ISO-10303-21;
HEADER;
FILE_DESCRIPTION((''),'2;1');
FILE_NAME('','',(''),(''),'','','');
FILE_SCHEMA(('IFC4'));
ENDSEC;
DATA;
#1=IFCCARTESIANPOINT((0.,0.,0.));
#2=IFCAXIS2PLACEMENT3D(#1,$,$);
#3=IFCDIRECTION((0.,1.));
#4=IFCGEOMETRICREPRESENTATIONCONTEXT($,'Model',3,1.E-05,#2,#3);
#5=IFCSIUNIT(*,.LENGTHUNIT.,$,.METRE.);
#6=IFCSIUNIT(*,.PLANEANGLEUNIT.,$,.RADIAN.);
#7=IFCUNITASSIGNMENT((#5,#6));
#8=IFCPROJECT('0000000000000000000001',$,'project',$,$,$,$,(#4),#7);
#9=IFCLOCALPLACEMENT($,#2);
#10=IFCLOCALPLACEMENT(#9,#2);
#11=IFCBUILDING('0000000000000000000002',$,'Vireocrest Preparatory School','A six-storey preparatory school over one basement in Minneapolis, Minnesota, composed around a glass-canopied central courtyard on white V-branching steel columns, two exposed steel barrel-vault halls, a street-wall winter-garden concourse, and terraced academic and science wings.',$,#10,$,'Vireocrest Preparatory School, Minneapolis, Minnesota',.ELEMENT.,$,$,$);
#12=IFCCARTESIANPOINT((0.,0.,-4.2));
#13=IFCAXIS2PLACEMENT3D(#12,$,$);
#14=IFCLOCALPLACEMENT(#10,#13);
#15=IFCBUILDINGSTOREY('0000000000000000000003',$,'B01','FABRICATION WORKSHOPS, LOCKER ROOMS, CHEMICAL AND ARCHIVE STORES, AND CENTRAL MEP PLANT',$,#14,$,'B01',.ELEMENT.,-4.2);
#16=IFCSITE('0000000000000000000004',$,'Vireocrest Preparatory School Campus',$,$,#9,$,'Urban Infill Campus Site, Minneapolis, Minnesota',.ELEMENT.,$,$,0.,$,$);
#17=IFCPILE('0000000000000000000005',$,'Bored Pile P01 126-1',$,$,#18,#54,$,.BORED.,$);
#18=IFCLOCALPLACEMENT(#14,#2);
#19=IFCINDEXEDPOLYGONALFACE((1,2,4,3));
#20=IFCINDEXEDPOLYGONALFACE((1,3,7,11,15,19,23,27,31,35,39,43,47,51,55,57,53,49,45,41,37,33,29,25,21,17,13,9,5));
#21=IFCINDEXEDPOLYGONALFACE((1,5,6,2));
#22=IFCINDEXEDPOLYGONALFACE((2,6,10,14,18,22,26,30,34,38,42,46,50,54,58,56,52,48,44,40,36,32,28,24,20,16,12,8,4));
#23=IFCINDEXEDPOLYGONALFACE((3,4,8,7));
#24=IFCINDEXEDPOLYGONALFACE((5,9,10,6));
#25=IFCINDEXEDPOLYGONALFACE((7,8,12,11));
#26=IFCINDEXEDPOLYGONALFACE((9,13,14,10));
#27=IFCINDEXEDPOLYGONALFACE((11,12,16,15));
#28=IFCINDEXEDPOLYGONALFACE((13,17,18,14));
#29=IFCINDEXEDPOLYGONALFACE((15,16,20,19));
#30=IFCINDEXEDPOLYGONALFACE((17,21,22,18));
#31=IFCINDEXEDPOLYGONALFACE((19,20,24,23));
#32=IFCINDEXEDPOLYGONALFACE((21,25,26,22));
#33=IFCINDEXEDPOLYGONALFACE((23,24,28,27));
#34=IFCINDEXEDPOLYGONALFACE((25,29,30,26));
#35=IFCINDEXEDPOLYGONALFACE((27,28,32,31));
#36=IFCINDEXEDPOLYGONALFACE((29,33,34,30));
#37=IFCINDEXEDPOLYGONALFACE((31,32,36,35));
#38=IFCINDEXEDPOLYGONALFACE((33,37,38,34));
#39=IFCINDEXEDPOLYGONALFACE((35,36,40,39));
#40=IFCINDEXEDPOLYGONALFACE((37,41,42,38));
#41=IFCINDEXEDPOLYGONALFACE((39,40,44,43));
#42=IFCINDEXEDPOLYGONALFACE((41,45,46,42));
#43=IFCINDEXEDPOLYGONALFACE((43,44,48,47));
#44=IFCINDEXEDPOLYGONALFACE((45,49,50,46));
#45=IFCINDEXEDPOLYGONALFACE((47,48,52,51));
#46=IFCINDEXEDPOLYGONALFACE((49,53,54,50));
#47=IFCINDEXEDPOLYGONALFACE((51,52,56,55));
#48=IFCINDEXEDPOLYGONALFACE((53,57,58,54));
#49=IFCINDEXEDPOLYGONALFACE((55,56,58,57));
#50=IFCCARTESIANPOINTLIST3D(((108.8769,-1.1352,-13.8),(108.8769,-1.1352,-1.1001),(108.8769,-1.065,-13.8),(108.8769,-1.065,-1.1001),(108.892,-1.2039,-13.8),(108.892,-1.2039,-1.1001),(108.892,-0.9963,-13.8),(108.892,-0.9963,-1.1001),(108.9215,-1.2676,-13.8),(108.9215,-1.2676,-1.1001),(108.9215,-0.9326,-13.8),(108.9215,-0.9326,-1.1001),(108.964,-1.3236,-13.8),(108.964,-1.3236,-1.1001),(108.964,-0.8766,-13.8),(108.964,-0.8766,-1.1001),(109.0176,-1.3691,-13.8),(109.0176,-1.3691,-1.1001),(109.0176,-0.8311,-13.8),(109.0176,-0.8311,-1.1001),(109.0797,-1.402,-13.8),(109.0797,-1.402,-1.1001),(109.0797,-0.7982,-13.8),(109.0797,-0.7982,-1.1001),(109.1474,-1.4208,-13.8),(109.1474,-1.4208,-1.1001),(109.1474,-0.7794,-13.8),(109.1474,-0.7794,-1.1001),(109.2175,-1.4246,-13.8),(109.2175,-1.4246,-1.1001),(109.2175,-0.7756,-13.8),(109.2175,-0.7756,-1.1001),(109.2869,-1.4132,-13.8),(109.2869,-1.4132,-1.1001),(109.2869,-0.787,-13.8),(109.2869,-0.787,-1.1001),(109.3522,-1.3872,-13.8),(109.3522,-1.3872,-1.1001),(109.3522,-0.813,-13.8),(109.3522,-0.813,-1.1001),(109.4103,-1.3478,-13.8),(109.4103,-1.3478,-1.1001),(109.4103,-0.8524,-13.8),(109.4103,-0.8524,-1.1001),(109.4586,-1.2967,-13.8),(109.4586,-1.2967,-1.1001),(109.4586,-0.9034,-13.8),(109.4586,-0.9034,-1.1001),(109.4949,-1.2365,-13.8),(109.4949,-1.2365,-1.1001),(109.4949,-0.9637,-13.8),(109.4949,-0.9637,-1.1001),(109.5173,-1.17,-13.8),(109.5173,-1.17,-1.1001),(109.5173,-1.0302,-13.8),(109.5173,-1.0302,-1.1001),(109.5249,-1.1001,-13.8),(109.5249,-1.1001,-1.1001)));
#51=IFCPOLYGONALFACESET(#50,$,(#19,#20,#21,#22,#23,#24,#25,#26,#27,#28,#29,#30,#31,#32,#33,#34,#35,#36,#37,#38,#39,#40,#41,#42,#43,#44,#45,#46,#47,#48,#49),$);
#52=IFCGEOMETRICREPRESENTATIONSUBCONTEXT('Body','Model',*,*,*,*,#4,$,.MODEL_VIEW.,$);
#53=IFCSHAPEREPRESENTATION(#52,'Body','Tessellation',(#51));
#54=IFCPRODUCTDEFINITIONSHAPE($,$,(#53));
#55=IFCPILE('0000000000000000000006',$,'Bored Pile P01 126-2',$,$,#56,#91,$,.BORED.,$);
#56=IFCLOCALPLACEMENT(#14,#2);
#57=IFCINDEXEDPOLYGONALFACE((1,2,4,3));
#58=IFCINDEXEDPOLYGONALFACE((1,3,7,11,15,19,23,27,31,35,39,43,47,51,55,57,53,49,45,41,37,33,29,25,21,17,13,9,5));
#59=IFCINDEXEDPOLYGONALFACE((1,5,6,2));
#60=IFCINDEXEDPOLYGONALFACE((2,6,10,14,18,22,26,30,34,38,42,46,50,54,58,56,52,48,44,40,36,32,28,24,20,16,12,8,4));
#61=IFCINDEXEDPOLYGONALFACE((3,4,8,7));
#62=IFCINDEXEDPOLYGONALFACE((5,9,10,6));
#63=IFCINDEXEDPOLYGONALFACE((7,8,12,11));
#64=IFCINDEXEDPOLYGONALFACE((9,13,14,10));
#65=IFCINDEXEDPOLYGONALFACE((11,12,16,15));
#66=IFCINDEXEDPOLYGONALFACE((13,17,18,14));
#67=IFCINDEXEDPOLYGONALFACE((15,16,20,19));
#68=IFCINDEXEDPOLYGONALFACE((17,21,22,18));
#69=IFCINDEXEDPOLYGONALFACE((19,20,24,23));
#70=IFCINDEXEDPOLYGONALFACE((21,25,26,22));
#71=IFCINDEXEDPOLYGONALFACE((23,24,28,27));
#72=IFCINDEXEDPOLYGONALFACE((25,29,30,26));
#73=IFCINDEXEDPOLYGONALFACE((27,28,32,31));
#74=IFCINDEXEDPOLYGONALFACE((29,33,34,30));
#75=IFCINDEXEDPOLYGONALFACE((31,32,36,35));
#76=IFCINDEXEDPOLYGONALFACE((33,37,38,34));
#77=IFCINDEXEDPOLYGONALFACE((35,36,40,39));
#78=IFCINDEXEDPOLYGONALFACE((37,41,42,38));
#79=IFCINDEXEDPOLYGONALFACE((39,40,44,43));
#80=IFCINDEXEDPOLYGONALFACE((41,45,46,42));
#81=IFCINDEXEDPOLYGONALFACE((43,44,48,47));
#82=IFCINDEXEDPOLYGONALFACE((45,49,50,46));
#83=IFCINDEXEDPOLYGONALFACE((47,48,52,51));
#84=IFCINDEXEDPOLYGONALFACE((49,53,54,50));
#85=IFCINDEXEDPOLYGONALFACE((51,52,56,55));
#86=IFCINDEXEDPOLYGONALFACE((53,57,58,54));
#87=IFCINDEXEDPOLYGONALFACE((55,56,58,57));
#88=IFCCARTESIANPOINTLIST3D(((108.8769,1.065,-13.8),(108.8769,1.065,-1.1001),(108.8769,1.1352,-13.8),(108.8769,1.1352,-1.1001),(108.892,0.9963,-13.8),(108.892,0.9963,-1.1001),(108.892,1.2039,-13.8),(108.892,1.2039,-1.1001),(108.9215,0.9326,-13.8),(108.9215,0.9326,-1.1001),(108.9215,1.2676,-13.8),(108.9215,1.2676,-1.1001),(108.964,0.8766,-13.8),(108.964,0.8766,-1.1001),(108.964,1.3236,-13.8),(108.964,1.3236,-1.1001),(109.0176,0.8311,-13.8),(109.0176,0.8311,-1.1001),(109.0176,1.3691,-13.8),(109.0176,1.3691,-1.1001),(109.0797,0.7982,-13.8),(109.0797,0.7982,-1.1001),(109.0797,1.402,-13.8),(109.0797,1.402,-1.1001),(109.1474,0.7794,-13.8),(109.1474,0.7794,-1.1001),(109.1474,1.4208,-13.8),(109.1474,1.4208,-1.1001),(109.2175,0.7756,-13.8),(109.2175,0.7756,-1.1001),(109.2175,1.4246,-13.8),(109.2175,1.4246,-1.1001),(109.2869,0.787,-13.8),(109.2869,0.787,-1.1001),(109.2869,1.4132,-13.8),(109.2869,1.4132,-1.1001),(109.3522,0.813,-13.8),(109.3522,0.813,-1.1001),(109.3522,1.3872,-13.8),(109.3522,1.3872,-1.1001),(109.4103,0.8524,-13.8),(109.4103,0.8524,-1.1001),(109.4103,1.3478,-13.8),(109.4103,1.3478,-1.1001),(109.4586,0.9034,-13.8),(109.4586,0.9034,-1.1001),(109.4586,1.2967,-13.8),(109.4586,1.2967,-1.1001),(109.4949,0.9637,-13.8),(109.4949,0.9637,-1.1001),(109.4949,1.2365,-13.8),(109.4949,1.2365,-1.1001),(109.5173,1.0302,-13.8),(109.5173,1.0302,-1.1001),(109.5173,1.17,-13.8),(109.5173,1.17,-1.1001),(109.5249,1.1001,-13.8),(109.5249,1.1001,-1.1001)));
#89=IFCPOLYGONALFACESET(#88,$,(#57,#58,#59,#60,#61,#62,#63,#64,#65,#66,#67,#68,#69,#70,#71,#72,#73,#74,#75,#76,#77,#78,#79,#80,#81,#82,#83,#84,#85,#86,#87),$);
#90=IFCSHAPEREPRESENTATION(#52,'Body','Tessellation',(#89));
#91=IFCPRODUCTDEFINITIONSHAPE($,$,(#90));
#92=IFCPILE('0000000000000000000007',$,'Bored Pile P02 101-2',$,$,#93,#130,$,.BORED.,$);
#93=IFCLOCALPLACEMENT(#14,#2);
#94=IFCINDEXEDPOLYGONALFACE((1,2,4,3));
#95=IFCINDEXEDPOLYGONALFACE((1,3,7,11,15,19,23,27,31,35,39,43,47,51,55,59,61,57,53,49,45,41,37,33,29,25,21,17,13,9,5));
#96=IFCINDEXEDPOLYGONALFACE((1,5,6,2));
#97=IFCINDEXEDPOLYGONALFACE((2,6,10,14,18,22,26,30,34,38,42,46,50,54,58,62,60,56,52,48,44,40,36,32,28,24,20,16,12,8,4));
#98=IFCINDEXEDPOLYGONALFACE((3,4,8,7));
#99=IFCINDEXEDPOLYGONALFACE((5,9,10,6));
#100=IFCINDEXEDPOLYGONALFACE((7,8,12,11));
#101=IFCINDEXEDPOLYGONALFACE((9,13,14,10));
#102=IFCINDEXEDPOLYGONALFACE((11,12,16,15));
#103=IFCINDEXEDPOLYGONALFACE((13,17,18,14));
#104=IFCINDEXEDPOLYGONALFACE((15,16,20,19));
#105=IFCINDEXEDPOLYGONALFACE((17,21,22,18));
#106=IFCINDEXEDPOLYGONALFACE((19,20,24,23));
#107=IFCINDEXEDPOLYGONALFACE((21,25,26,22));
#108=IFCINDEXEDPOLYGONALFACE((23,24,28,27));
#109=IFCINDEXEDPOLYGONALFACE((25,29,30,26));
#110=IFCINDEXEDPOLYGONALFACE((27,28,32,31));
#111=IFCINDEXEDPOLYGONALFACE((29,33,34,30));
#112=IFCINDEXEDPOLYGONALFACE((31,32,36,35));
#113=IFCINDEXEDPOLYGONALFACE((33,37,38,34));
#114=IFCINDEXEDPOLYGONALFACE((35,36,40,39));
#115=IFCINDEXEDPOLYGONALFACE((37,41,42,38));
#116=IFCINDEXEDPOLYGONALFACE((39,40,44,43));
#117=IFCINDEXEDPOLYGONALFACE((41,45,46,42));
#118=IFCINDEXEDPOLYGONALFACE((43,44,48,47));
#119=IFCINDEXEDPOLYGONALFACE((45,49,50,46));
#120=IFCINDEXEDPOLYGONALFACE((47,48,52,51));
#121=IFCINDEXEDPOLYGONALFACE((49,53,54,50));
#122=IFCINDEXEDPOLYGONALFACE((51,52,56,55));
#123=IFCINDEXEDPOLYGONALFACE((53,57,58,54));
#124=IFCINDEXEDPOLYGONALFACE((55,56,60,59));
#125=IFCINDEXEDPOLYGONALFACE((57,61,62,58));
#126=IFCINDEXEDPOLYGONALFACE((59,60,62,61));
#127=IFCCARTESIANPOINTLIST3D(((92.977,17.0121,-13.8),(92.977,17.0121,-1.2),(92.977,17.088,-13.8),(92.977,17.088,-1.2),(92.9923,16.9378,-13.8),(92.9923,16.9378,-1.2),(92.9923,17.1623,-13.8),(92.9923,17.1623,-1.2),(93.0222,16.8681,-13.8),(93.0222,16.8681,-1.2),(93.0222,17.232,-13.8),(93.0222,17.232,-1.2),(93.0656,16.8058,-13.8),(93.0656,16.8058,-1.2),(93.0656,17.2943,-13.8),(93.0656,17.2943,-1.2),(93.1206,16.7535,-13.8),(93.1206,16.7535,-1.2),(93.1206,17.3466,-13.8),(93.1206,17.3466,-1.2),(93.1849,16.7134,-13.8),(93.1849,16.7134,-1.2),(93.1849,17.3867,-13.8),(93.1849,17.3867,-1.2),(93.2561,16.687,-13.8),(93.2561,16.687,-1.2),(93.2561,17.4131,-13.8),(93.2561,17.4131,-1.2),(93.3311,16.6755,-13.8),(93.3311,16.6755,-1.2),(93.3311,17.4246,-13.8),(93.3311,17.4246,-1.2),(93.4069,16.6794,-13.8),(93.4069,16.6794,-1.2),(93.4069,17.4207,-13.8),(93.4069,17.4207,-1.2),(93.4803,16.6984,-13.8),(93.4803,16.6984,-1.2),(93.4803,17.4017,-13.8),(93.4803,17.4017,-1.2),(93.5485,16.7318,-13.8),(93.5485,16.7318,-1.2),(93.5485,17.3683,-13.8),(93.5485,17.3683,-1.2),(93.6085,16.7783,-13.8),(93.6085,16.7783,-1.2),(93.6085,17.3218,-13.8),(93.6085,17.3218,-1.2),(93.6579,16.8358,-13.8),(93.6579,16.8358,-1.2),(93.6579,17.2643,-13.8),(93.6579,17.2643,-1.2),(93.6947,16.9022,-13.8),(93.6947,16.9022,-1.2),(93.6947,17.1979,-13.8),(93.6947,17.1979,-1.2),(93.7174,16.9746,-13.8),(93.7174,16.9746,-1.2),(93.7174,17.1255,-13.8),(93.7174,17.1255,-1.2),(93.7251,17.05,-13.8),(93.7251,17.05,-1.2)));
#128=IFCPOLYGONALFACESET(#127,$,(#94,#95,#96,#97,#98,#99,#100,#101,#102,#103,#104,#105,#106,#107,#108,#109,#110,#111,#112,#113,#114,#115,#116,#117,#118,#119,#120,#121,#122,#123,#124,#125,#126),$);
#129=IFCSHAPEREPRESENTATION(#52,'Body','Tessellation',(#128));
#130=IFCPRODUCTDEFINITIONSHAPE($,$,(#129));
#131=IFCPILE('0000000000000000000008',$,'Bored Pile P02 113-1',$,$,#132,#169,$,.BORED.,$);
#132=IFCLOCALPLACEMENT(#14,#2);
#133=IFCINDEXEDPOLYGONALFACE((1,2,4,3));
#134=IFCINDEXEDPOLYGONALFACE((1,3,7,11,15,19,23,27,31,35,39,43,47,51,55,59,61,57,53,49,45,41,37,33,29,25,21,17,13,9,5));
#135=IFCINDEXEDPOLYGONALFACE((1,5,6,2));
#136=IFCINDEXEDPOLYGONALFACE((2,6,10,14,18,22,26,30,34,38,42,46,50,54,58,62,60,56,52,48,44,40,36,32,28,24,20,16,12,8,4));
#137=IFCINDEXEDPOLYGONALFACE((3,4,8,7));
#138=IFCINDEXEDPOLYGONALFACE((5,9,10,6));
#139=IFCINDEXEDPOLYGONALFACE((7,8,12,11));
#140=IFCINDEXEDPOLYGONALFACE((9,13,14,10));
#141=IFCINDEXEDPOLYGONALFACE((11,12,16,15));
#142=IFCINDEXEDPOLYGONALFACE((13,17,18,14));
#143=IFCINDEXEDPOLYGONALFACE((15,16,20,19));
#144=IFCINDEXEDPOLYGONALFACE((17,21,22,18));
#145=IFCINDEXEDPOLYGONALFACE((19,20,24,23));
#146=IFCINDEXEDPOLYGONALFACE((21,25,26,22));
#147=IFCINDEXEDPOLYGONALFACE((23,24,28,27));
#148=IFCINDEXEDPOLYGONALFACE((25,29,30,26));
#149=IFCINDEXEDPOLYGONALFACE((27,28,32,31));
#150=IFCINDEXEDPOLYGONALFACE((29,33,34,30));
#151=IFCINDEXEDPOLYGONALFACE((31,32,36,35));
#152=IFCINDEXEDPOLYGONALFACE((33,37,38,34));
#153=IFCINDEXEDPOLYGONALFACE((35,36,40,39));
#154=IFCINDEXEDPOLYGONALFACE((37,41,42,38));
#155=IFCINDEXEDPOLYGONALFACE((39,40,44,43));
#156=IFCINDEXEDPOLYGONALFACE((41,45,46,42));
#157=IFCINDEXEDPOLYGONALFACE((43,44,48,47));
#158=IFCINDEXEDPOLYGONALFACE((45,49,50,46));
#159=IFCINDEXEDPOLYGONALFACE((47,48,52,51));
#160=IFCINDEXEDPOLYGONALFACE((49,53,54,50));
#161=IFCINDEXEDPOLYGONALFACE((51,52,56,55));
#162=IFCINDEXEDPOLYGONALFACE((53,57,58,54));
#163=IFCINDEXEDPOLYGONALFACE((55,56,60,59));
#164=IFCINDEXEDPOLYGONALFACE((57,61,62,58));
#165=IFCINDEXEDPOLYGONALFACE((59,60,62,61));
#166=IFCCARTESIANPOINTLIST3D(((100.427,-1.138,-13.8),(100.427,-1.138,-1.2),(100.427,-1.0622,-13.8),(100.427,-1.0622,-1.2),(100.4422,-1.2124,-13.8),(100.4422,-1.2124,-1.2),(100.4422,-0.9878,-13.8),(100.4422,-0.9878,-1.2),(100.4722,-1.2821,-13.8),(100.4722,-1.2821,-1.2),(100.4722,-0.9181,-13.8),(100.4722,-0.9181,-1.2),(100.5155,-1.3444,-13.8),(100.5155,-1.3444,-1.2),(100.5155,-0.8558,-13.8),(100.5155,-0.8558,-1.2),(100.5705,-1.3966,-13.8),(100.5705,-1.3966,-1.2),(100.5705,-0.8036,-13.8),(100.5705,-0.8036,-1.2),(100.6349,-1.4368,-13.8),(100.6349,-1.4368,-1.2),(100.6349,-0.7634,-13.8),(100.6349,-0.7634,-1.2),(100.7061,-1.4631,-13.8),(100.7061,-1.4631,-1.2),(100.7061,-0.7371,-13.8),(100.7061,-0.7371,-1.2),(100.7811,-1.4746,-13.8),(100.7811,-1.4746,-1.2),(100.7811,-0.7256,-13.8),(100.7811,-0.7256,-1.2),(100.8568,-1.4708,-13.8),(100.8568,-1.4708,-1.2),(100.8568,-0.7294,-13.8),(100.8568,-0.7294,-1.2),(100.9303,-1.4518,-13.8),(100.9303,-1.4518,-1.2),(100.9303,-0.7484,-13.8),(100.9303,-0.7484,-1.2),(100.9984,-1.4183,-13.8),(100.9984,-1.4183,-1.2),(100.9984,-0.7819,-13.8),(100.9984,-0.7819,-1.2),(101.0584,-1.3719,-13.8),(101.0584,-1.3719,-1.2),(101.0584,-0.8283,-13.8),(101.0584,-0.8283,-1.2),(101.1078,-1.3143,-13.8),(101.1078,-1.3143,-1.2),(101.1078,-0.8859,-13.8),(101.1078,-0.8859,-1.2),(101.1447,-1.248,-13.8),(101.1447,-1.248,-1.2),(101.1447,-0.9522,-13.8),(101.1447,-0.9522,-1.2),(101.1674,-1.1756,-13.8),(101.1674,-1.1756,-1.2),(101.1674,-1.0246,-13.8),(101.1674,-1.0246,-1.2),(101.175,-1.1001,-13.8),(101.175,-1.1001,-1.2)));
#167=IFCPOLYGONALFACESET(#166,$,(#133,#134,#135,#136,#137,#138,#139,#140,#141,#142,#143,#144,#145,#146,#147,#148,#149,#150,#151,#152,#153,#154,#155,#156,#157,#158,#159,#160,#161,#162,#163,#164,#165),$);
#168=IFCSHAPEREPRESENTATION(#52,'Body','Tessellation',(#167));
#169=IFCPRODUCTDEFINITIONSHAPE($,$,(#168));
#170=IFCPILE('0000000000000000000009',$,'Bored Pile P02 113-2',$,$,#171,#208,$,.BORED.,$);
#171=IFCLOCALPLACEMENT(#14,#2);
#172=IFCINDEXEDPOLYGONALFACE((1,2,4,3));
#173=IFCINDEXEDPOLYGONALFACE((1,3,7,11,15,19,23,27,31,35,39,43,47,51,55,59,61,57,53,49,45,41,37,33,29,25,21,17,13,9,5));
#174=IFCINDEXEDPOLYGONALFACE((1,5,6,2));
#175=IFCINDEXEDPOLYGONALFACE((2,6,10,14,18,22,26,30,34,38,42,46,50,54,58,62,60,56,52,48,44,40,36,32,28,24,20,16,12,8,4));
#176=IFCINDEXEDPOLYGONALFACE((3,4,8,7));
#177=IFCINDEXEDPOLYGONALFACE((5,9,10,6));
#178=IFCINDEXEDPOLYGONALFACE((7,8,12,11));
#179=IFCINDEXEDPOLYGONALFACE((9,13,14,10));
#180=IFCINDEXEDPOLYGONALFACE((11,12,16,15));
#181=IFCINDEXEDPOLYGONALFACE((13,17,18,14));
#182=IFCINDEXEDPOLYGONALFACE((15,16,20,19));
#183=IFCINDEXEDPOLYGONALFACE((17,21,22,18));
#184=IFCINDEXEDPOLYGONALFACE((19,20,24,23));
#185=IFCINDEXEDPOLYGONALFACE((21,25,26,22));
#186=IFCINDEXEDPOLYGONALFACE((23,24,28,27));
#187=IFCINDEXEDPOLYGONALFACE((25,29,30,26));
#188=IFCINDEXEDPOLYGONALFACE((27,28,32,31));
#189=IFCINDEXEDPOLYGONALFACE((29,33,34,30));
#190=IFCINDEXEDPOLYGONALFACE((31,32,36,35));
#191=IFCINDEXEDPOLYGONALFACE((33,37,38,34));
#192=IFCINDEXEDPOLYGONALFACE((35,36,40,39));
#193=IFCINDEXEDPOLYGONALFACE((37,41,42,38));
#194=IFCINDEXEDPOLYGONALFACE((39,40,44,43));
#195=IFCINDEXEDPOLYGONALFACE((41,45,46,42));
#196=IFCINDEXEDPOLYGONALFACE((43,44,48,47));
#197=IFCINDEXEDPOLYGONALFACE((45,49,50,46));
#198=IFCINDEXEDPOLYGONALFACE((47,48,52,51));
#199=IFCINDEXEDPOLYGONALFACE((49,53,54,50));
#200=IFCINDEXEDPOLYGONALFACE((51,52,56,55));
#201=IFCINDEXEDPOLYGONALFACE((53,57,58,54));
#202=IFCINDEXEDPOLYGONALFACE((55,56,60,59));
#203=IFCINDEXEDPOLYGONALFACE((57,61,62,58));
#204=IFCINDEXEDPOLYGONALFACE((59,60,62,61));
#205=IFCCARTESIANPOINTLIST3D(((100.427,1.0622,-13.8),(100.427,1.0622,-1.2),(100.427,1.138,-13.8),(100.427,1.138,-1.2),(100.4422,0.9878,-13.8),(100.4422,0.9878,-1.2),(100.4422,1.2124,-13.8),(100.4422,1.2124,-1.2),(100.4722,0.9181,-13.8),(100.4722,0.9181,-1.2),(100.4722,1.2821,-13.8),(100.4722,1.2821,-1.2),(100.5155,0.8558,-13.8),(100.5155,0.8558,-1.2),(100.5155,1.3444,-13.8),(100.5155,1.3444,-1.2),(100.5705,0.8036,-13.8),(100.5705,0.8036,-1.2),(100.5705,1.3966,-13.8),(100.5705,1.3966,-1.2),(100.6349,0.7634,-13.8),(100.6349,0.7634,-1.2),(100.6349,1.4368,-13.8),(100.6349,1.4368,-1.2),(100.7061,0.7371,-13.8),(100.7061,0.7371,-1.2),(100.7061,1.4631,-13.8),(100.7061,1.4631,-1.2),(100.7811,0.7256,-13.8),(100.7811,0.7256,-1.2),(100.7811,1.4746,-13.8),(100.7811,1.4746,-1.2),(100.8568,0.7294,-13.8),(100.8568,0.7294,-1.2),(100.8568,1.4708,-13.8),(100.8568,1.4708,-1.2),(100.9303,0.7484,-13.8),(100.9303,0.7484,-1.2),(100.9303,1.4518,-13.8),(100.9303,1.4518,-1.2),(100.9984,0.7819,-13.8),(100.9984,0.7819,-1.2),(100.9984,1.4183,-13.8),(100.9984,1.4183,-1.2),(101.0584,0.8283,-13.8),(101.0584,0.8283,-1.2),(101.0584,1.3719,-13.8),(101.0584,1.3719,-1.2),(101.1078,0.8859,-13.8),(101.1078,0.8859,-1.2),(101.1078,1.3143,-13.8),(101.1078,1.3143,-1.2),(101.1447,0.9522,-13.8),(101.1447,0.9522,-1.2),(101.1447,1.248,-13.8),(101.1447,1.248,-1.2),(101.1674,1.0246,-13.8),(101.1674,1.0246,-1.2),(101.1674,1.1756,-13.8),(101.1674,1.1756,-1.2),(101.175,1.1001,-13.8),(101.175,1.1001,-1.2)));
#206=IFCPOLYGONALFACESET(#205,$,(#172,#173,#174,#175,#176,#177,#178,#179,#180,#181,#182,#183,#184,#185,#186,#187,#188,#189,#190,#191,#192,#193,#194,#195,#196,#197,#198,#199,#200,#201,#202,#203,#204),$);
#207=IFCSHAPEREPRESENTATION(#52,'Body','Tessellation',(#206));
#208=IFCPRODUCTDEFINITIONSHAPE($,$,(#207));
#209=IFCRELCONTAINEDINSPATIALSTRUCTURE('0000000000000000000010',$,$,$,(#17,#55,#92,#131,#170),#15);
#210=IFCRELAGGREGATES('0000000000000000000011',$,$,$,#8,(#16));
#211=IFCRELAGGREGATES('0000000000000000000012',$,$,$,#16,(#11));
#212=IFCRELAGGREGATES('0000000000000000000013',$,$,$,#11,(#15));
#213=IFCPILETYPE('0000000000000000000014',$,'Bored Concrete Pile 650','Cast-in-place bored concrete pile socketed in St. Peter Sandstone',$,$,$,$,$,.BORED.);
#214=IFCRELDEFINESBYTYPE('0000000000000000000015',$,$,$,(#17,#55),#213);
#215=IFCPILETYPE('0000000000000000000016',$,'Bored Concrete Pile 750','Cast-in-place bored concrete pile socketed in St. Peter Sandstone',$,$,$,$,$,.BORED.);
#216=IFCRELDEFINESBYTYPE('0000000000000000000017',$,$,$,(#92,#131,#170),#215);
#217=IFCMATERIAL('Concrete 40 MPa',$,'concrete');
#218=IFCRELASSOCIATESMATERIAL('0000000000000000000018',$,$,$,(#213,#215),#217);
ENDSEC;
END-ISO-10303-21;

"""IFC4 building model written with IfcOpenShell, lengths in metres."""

from ifc_helpers import new_model, si_unit, direction, frame, origin, origin_2d, place, context, subcontext, project, spatial, circle, extrude, material, material_profile, profile_set, type_object, element, save


model = new_model("IFC4")

# Units and contexts
model_context = context("Model", 3, precision=1e-05, world=origin(), true_north=direction((0.0, 1.0)))
body_context = subcontext(model_context, "Body", "Model", "MODEL_VIEW")
ifc_project = project(units=[si_unit("LENGTHUNIT", "METRE"), si_unit("PLANEANGLEUNIT", "RADIAN")], contexts=[model_context])

# Site, building, storey
site_placement = place(None, origin())
site = spatial("IfcSite", under=ifc_project, at=site_placement, Name="Vireocrest Preparatory School Campus", LongName="Urban Infill Campus Site, Minneapolis, Minnesota", CompositionType="ELEMENT", RefElevation=0.0)
building_placement = place(site_placement, origin())
building = spatial("IfcBuilding", under=site, at=building_placement, Name="Vireocrest Preparatory School", Description="A six-storey preparatory school over one basement in Minneapolis, Minnesota, composed around a glass-canopied central courtyard on white V-branching steel columns, two exposed steel barrel-vault halls, a street-wall winter-garden concourse, and terraced academic and science wings.", LongName="Vireocrest Preparatory School, Minneapolis, Minnesota", CompositionType="ELEMENT")
storey_placement = place(building_placement, frame((0.0, 0.0, -4.2)))
storey = spatial("IfcBuildingStorey", under=building, at=storey_placement, Name="B01", Description="FABRICATION WORKSHOPS, LOCKER ROOMS, CHEMICAL AND ARCHIVE STORES, AND CENTRAL MEP PLANT", LongName="B01", CompositionType="ELEMENT", Elevation=-4.2)

# Piles
ifc_material_1 = material(Name="Concrete 40 MPa", Category="concrete")
ifc_material_profile_1 = material_profile(ifc_material_1, circle(Radius=0.325, at=origin_2d()), Name="BORED PILE 650")
ifc_profile_set_1 = profile_set([ifc_material_profile_1], Name="Concrete 40 MPa")
pile_type_1 = type_object("IfcPileType", Name="Bored Concrete Pile 650", Description="Cast-in-place bored concrete pile socketed in St. Peter Sandstone", PredefinedType="BORED", material=ifc_profile_set_1)
for number, where, z_axis, x_axis, name in (
    (1, (109.2, -1.1001, -1.1001), (0.0, 0.0, -1.0), (1.0, 0.0, 0.0), "Bored Pile P01 126-1"),
    (2, (109.2, 1.1001, -1.1001), (0.0, 0.0, -1.0), (1.0, 0.0, 0.0), "Bored Pile P01 126-2"),
):
    element("IfcPile", number, at=place(storey_placement, frame(where, z_axis=z_axis, x_axis=x_axis)), inside=storey, type_object=pile_type_1, Name=name, PredefinedType="BORED", context=body_context, shape_type="SweptSolid", body=[
        extrude(circle(Radius=0.325, at=origin_2d()), origin(), (0.0, 0.0, 1.0), 12.7),
    ])
ifc_material_profile_2 = material_profile(ifc_material_1, circle(Radius=0.375, at=origin_2d()), Name="BORED PILE 750")
ifc_profile_set_2 = profile_set([ifc_material_profile_2], Name="Concrete 40 MPa")
pile_type_2 = type_object("IfcPileType", Name="Bored Concrete Pile 750", Description="Cast-in-place bored concrete pile socketed in St. Peter Sandstone", PredefinedType="BORED", material=ifc_profile_set_2)
for number, where, z_axis, x_axis, name in (
    (3, (93.3501, 17.05, -1.2), (0.0, 0.0, -1.0), (1.0, 0.0, 0.0), "Bored Pile P02 101-2"),
    (4, (100.8, -1.1001, -1.2), (0.0, 0.0, -1.0), (1.0, 0.0, 0.0), "Bored Pile P02 113-1"),
    (5, (100.8, 1.1001, -1.2), (0.0, 0.0, -1.0), (1.0, 0.0, 0.0), "Bored Pile P02 113-2"),
):
    element("IfcPile", number, at=place(storey_placement, frame(where, z_axis=z_axis, x_axis=x_axis)), inside=storey, type_object=pile_type_2, Name=name, PredefinedType="BORED", context=body_context, shape_type="SweptSolid", body=[
        extrude(circle(Radius=0.375, at=origin_2d()), origin(), (0.0, 0.0, 1.0), 12.6001),
    ])

save(model, "model.ifc")
